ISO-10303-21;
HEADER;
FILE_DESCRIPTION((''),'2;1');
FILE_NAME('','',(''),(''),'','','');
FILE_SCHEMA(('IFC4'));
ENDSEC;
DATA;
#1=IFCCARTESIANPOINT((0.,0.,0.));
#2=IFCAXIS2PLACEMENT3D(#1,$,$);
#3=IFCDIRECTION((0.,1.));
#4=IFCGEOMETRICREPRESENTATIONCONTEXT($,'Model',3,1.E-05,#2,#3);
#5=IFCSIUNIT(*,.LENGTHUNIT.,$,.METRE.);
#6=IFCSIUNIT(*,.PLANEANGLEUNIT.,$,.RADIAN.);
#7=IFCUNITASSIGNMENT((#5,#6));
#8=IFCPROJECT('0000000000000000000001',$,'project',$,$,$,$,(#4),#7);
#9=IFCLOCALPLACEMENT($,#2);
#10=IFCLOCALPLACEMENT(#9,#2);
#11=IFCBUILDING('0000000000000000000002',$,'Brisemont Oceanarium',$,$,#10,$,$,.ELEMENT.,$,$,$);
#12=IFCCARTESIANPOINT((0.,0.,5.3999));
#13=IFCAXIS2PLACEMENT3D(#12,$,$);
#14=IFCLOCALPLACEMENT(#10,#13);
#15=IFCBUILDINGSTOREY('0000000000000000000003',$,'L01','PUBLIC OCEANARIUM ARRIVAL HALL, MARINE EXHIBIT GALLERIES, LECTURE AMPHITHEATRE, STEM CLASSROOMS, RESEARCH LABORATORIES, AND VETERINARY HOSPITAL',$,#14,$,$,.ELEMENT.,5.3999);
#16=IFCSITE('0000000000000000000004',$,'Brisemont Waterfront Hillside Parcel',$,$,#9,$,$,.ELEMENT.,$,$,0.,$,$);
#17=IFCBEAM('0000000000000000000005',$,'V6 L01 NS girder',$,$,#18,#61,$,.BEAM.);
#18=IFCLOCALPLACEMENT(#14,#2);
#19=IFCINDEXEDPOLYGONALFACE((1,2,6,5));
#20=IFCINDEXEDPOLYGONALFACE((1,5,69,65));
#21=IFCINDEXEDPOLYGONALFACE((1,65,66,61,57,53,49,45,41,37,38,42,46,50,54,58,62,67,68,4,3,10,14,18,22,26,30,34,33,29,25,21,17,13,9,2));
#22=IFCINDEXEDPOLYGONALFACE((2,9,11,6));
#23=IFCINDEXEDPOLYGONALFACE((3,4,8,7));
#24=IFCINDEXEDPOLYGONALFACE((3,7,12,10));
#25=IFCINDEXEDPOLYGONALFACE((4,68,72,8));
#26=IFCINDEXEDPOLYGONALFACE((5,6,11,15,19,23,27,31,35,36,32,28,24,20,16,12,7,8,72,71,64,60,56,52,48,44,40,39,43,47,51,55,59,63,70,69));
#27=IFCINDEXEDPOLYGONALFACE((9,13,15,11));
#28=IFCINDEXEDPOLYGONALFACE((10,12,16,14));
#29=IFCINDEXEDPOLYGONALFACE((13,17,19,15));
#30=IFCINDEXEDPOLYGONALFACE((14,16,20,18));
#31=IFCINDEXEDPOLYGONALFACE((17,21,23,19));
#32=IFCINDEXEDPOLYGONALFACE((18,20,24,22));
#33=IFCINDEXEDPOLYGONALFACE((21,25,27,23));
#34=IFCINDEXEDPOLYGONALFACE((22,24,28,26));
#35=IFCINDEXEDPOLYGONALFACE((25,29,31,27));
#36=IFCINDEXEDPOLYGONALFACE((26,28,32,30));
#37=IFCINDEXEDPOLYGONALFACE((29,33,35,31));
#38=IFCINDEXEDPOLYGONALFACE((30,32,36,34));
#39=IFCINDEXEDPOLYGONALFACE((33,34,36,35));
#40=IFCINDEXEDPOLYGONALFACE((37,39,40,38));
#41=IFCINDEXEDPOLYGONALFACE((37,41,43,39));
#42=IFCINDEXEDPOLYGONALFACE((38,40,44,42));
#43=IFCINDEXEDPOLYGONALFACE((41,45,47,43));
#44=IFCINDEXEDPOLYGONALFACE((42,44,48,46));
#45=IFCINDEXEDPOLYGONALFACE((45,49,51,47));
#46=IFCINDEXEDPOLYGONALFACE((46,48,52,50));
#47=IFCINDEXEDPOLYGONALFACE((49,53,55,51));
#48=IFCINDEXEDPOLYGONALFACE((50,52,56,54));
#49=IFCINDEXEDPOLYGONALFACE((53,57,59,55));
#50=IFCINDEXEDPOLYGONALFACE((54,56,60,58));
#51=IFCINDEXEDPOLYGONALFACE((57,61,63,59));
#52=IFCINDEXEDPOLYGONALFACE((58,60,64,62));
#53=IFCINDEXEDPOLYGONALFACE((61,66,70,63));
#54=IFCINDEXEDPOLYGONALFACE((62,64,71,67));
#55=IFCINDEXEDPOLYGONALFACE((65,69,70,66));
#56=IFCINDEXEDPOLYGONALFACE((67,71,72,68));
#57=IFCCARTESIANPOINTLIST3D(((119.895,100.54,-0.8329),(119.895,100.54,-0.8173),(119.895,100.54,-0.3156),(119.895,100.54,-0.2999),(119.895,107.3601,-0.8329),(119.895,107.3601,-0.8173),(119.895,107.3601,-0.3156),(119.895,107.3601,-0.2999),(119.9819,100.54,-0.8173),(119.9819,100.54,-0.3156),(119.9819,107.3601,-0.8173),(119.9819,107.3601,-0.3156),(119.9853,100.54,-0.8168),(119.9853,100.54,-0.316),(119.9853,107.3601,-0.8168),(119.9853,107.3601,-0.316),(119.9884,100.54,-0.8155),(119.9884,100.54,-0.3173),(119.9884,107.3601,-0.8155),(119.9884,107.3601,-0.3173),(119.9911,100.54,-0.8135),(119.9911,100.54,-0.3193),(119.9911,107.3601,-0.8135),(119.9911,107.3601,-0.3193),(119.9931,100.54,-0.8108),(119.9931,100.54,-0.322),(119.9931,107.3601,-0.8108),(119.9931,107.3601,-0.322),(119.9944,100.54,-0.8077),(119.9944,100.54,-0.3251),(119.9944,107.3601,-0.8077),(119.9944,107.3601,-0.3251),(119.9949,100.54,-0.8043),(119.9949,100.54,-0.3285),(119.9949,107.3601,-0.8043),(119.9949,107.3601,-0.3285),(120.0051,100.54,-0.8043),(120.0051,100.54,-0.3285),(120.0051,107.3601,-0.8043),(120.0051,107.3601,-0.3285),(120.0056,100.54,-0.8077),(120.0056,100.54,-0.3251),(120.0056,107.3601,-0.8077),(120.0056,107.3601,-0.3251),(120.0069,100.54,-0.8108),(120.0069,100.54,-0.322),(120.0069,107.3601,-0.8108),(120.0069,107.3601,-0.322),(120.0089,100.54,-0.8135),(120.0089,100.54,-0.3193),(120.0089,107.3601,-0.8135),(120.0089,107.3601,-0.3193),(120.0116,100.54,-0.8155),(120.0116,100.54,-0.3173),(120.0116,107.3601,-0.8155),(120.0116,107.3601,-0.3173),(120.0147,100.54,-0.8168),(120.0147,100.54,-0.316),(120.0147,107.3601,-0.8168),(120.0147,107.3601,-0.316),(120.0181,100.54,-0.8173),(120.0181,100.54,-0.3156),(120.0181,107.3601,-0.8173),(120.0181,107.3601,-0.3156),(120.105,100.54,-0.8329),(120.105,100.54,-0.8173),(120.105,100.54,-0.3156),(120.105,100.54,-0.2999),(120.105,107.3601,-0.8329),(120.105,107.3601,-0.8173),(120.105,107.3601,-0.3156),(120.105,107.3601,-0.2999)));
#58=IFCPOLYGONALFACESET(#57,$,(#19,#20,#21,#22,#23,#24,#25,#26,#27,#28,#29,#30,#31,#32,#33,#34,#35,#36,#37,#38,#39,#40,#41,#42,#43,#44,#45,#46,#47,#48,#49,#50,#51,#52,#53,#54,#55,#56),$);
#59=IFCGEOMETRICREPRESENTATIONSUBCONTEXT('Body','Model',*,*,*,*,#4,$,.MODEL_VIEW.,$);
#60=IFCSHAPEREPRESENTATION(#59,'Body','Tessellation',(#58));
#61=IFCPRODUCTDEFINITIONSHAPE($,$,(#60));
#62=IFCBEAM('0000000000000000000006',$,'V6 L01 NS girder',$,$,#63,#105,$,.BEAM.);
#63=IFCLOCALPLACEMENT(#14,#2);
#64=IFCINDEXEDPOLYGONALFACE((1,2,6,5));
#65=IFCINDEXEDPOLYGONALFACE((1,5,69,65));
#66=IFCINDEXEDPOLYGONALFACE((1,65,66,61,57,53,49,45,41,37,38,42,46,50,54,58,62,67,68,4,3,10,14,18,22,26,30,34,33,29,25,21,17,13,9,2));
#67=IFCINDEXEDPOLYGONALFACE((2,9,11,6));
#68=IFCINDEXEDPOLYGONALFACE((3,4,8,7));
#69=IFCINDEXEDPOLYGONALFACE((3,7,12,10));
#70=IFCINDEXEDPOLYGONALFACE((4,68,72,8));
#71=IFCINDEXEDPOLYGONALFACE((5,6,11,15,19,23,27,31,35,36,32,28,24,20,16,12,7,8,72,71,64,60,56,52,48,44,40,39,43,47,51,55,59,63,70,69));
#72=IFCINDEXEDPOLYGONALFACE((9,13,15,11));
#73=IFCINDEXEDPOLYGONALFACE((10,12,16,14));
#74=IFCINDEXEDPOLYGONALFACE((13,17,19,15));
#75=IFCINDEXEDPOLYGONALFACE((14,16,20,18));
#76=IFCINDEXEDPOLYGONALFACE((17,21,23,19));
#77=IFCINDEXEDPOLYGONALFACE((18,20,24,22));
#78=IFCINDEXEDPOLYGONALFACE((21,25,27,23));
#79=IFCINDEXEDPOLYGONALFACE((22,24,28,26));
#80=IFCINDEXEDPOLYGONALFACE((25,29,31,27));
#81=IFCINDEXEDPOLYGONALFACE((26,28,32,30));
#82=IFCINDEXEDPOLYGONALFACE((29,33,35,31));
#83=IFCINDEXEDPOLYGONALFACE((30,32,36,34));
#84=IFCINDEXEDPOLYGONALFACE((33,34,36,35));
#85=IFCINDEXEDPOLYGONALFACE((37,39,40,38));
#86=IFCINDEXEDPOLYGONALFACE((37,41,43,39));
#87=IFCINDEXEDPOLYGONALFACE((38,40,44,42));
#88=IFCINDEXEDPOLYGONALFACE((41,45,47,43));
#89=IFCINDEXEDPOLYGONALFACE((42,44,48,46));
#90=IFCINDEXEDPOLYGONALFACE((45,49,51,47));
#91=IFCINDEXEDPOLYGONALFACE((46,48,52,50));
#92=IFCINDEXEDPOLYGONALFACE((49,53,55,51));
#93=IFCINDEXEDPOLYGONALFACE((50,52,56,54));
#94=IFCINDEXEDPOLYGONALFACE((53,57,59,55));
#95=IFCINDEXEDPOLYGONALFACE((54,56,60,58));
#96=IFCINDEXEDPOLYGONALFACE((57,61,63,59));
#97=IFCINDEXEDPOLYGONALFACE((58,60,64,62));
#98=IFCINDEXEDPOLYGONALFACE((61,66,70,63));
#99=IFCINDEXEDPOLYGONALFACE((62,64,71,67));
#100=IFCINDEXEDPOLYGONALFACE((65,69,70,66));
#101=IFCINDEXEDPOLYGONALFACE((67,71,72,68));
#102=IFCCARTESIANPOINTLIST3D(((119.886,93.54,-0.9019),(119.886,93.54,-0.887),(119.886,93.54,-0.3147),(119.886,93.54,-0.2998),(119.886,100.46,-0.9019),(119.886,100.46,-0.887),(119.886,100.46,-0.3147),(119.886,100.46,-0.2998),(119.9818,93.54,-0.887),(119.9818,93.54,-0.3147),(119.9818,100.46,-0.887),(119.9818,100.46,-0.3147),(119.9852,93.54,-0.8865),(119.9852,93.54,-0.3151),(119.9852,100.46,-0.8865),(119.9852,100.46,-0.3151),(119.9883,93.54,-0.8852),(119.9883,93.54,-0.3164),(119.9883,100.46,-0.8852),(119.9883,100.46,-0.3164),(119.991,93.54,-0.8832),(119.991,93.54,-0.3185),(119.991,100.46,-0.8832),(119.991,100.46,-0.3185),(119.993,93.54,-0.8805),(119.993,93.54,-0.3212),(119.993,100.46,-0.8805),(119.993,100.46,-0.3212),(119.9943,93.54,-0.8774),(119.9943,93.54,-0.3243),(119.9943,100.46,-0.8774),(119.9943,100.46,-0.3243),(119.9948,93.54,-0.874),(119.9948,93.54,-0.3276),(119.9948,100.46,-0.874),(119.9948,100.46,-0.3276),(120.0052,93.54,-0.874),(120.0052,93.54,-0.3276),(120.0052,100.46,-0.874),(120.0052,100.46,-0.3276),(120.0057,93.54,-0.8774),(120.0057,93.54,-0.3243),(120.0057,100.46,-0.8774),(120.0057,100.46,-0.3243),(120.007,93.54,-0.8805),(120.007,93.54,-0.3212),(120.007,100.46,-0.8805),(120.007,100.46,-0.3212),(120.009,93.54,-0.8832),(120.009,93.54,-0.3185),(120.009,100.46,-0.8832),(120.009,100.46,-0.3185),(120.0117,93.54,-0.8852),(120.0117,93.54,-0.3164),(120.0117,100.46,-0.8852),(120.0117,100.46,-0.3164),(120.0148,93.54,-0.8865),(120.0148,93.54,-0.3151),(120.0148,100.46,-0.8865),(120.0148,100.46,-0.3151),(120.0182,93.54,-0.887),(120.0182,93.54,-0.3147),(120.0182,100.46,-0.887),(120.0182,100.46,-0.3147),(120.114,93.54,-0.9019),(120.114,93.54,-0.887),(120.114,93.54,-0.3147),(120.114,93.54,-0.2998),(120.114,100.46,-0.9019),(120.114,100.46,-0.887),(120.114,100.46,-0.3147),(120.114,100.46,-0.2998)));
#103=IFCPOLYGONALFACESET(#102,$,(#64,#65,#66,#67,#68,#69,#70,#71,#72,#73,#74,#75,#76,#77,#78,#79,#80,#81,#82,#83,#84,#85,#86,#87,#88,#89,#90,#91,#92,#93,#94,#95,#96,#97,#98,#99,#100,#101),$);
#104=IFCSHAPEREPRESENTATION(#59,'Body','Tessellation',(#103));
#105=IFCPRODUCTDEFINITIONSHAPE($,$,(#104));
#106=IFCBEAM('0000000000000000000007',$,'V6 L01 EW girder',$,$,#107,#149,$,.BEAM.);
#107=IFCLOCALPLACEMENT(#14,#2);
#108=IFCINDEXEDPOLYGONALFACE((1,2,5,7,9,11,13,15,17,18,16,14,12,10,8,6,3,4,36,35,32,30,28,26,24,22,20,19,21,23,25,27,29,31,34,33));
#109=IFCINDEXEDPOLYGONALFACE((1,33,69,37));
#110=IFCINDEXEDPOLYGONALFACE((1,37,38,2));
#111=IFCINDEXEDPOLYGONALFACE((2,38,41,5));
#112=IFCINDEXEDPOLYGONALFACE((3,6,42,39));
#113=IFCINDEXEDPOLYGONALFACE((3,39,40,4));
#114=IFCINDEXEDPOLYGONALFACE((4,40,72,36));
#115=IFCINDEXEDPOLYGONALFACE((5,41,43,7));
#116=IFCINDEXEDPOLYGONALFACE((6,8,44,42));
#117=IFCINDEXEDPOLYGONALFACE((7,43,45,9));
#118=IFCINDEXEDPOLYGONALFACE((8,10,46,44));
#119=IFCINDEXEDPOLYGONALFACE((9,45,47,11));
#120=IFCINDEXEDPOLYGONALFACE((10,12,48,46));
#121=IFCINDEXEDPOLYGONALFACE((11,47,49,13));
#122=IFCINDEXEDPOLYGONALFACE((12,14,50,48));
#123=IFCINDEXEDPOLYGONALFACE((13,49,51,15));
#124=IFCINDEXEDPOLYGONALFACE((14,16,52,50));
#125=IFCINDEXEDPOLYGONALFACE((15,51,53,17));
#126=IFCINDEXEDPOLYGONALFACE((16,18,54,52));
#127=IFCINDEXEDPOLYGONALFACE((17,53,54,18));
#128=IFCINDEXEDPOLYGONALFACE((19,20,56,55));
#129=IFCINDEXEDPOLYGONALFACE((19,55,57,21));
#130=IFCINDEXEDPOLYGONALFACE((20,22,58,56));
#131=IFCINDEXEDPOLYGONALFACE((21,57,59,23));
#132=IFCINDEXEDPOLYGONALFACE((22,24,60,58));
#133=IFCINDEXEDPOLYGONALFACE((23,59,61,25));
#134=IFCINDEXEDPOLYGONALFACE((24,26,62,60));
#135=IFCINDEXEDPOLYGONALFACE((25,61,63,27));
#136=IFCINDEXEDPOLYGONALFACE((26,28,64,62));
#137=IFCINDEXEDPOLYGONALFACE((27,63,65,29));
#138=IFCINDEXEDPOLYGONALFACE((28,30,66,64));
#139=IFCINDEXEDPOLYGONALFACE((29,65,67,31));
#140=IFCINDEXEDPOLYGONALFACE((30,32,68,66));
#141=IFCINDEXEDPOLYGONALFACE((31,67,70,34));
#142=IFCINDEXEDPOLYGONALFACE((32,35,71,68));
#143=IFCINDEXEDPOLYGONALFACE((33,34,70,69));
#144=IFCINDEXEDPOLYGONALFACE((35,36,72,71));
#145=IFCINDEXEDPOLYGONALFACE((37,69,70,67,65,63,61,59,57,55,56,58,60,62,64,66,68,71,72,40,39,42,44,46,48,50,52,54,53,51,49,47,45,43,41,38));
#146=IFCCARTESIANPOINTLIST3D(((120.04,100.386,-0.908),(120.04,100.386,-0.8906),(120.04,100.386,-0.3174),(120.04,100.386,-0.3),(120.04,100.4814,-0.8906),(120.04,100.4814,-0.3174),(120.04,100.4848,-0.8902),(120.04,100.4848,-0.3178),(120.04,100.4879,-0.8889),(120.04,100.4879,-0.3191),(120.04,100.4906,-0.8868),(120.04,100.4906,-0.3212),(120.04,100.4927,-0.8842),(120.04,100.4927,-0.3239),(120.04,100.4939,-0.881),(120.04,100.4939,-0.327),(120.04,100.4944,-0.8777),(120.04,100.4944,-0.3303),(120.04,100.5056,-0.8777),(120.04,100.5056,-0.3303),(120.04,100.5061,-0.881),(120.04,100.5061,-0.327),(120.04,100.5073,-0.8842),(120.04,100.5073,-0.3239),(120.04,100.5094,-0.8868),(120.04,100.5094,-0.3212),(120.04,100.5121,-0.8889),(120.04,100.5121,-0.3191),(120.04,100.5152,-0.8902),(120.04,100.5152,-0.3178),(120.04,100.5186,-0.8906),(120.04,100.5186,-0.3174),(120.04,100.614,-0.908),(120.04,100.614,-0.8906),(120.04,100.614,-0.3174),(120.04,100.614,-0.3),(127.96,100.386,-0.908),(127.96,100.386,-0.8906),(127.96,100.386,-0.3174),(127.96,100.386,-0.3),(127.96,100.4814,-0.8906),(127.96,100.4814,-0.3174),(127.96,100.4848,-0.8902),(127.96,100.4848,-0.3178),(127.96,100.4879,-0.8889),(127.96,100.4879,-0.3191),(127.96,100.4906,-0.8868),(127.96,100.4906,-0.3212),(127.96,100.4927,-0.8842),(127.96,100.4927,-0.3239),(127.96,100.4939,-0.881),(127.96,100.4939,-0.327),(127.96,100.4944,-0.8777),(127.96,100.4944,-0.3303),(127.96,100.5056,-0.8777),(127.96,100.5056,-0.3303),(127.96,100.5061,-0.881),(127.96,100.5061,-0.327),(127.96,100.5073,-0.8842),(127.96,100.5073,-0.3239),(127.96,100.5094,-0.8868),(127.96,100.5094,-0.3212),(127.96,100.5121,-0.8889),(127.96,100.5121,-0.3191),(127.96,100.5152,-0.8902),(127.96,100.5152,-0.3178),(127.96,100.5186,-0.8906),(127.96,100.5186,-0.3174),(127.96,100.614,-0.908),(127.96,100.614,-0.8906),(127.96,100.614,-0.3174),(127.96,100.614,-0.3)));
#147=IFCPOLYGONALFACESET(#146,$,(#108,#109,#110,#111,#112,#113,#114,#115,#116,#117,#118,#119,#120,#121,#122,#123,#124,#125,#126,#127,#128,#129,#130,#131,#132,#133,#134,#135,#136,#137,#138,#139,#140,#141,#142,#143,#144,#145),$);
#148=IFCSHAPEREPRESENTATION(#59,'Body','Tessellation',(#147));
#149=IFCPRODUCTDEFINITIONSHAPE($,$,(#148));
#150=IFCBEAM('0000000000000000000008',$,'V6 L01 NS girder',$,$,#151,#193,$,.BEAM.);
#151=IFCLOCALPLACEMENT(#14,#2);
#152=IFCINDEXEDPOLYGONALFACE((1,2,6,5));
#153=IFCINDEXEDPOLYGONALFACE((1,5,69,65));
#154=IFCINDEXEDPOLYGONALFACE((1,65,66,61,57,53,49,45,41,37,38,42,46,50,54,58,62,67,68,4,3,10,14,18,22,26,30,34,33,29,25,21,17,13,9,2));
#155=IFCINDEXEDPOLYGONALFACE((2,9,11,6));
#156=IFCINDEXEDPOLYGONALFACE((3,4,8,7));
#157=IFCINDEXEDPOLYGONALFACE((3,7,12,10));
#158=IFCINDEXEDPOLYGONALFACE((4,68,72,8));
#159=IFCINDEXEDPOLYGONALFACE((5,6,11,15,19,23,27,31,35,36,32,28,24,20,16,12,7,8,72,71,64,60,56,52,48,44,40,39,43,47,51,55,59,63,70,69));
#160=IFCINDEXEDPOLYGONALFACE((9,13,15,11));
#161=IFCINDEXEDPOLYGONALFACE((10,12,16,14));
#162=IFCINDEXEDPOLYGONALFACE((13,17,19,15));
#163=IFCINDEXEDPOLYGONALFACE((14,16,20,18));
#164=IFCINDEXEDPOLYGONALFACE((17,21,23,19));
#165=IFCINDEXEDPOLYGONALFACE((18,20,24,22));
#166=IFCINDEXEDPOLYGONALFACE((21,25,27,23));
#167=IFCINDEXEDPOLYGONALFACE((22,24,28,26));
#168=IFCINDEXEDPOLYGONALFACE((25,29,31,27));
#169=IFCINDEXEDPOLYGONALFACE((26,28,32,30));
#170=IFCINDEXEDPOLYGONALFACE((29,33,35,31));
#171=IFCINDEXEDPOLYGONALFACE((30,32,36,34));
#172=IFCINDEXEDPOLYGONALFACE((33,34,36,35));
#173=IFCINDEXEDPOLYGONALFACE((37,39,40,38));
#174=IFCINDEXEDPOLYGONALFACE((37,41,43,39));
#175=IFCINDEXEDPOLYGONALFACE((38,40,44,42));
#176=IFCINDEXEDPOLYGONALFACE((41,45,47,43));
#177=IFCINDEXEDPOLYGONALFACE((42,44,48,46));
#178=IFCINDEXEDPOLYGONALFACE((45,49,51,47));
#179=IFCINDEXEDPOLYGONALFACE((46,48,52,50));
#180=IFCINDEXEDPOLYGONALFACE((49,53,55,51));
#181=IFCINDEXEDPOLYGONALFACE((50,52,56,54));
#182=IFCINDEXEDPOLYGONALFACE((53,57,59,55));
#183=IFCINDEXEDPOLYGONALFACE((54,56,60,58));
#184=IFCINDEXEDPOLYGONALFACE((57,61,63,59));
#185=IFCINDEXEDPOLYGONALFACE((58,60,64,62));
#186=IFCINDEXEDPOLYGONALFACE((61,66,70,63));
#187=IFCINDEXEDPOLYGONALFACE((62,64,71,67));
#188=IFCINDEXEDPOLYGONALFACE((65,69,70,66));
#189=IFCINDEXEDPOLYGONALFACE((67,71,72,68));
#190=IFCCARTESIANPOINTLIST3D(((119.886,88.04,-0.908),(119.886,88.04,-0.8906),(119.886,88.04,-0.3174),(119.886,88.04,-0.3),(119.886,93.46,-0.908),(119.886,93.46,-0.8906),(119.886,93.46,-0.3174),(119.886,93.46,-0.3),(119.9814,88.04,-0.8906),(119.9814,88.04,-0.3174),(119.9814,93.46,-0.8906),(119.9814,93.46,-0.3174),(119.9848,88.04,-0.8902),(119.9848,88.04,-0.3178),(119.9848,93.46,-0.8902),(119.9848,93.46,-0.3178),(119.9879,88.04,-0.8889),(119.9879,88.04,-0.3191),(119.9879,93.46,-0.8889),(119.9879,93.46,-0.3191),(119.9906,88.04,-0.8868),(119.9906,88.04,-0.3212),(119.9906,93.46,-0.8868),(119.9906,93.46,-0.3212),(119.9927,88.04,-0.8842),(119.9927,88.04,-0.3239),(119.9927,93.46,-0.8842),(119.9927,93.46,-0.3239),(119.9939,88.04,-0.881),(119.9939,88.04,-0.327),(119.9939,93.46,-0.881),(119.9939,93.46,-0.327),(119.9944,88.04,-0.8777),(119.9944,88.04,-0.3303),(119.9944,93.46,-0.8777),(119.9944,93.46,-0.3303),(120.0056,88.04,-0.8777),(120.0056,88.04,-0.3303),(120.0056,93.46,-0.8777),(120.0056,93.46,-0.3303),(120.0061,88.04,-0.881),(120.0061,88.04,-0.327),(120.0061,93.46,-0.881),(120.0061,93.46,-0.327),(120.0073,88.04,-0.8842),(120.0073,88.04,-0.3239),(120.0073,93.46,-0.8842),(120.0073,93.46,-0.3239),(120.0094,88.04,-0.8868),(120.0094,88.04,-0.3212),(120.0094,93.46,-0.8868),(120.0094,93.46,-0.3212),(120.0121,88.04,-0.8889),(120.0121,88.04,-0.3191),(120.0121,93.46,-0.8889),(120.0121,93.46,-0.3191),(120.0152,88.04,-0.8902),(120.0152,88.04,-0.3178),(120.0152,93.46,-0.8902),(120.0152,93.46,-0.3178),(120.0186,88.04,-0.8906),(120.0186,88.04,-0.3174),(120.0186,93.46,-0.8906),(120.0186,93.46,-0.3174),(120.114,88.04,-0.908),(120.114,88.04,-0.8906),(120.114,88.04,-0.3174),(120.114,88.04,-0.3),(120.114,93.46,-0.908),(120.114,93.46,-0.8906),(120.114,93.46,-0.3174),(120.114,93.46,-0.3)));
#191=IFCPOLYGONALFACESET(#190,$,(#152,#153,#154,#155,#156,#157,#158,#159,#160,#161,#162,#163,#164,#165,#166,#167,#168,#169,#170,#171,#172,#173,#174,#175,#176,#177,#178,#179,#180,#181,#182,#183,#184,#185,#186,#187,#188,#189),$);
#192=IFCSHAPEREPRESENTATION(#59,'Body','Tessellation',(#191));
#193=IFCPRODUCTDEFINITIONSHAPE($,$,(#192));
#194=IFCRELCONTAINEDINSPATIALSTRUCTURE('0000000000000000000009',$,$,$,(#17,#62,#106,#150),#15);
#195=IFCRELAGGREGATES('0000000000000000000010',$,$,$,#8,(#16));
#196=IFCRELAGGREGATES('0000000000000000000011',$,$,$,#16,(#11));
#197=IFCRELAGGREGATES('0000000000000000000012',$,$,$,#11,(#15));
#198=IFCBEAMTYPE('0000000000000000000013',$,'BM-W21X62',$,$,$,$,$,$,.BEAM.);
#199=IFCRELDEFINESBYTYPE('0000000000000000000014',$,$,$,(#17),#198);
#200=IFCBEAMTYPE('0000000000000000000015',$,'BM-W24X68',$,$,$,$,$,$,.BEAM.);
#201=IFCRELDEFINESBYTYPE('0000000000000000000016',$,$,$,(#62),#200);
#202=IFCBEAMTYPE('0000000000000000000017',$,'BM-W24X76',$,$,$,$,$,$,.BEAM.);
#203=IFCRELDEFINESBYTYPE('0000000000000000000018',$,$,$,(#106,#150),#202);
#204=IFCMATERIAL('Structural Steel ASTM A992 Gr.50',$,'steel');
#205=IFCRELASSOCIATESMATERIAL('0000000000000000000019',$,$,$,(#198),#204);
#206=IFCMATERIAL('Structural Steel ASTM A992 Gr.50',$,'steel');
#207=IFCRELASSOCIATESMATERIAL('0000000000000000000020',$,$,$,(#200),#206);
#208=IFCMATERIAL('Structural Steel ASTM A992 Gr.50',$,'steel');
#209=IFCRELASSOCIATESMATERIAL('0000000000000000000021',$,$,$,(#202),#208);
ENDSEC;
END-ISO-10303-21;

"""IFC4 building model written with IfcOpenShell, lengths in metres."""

from ifc_helpers import new_model, si_unit, direction, frame, origin, origin_2d, place, context, subcontext, project, spatial, i_section, extrude, material, material_profile, profile_set, type_object, element, save


model = new_model("IFC4")

# Units and contexts
model_context = context("Model", 3, precision=1e-05, world=origin(), true_north=direction((0.0, 1.0)))
body_context = subcontext(model_context, "Body", "Model", "MODEL_VIEW")
ifc_project = project(units=[si_unit("LENGTHUNIT", "METRE"), si_unit("PLANEANGLEUNIT", "RADIAN")], contexts=[model_context])

# Site, building, storey
site_placement = place(None, origin())
site = spatial("IfcSite", under=ifc_project, at=site_placement, Name="Brisemont Waterfront Hillside Parcel", CompositionType="ELEMENT", RefElevation=0.0)
building_placement = place(site_placement, origin())
building = spatial("IfcBuilding", under=site, at=building_placement, Name="Brisemont Oceanarium", CompositionType="ELEMENT")
storey_placement = place(building_placement, frame((0.0, 0.0, 5.3999)))
storey = spatial("IfcBuildingStorey", under=building, at=storey_placement, Name="L01", Description="PUBLIC OCEANARIUM ARRIVAL HALL, MARINE EXHIBIT GALLERIES, LECTURE AMPHITHEATRE, STEM CLASSROOMS, RESEARCH LABORATORIES, AND VETERINARY HOSPITAL", CompositionType="ELEMENT", Elevation=5.3999)

# Beams
ifc_material_1 = material(Name="Structural Steel ASTM A992 Gr.50", Category="steel")
ifc_material_profile_1 = material_profile(ifc_material_1, i_section(OverallWidth=0.21, OverallDepth=0.533, WebThickness=0.0103, FlangeThickness=0.0156, FilletRadius=0.0129, at=origin_2d()), Name="W21X62")
ifc_profile_set_1 = profile_set([ifc_material_profile_1], Name="Structural Steel ASTM A992 Gr.50")
beam_type_1 = type_object("IfcBeamType", Name="BM-W21X62", PredefinedType="BEAM", material=ifc_profile_set_1)
beam_1_placement = place(storey_placement, frame((120.0, 100.54, -0.5664), z_axis=(0.0, 1.0, 0.0), x_axis=(-1.0, 0.0, 0.0)))
element("IfcBeam", 1, at=beam_1_placement, inside=storey, type_object=beam_type_1, Name="V6 L01 NS girder", PredefinedType="BEAM", context=body_context, shape_type="SweptSolid", body=[
    extrude(i_section(OverallWidth=0.21, OverallDepth=0.533, WebThickness=0.0103, FlangeThickness=0.0156, FilletRadius=0.0129, at=origin_2d()), origin(), (0.0, 0.0, 1.0), 6.8201),
])
ifc_material_2 = material(Name="Structural Steel ASTM A992 Gr.50", Category="steel")
ifc_material_profile_2 = material_profile(ifc_material_2, i_section(OverallWidth=0.228, OverallDepth=0.6021, WebThickness=0.0105, FlangeThickness=0.0149, FilletRadius=0.0129, at=origin_2d()), Name="W24X68")
ifc_profile_set_2 = profile_set([ifc_material_profile_2], Name="Structural Steel ASTM A992 Gr.50")
beam_type_2 = type_object("IfcBeamType", Name="BM-W24X68", PredefinedType="BEAM", material=ifc_profile_set_2)
beam_2_placement = place(storey_placement, frame((120.0, 93.54, -0.6008), z_axis=(0.0, 1.0, 0.0), x_axis=(-1.0, 0.0, 0.0)))
element("IfcBeam", 2, at=beam_2_placement, inside=storey, type_object=beam_type_2, Name="V6 L01 NS girder", PredefinedType="BEAM", context=body_context, shape_type="SweptSolid", body=[
    extrude(i_section(OverallWidth=0.228, OverallDepth=0.6021, WebThickness=0.0105, FlangeThickness=0.0149, FilletRadius=0.0129, at=origin_2d()), origin(), (0.0, 0.0, 1.0), 6.9199),
])
ifc_material_3 = material(Name="Structural Steel ASTM A992 Gr.50", Category="steel")
ifc_material_profile_3 = material_profile(ifc_material_3, i_section(OverallWidth=0.228, OverallDepth=0.6079, WebThickness=0.0112, FlangeThickness=0.0173, FilletRadius=0.0129, at=origin_2d()), Name="W24X76")
ifc_profile_set_3 = profile_set([ifc_material_profile_3], Name="Structural Steel ASTM A992 Gr.50")
beam_type_3 = type_object("IfcBeamType", Name="BM-W24X76", PredefinedType="BEAM", material=ifc_profile_set_3)
beam_3_placement = place(storey_placement, frame((120.04, 100.5, -0.604), z_axis=(1.0, 0.0, 0.0), x_axis=(0.0, 1.0, 0.0)))
element("IfcBeam", 3, at=beam_3_placement, inside=storey, type_object=beam_type_3, Name="V6 L01 EW girder", PredefinedType="BEAM", context=body_context, shape_type="SweptSolid", body=[
    extrude(i_section(OverallWidth=0.228, OverallDepth=0.6079, WebThickness=0.0112, FlangeThickness=0.0173, FilletRadius=0.0129, at=origin_2d()), origin(), (0.0, 0.0, 1.0), 7.9199),
])
beam_4_placement = place(storey_placement, frame((120.0, 88.04, -0.604), z_axis=(0.0, 1.0, 0.0), x_axis=(-1.0, 0.0, 0.0)))
element("IfcBeam", 4, at=beam_4_placement, inside=storey, type_object=beam_type_3, Name="V6 L01 NS girder", PredefinedType="BEAM", context=body_context, shape_type="SweptSolid", body=[
    extrude(i_section(OverallWidth=0.228, OverallDepth=0.6079, WebThickness=0.0112, FlangeThickness=0.0173, FilletRadius=0.0129, at=origin_2d()), origin(), (0.0, 0.0, 1.0), 5.4199),
])

save(model, "model.ifc")
